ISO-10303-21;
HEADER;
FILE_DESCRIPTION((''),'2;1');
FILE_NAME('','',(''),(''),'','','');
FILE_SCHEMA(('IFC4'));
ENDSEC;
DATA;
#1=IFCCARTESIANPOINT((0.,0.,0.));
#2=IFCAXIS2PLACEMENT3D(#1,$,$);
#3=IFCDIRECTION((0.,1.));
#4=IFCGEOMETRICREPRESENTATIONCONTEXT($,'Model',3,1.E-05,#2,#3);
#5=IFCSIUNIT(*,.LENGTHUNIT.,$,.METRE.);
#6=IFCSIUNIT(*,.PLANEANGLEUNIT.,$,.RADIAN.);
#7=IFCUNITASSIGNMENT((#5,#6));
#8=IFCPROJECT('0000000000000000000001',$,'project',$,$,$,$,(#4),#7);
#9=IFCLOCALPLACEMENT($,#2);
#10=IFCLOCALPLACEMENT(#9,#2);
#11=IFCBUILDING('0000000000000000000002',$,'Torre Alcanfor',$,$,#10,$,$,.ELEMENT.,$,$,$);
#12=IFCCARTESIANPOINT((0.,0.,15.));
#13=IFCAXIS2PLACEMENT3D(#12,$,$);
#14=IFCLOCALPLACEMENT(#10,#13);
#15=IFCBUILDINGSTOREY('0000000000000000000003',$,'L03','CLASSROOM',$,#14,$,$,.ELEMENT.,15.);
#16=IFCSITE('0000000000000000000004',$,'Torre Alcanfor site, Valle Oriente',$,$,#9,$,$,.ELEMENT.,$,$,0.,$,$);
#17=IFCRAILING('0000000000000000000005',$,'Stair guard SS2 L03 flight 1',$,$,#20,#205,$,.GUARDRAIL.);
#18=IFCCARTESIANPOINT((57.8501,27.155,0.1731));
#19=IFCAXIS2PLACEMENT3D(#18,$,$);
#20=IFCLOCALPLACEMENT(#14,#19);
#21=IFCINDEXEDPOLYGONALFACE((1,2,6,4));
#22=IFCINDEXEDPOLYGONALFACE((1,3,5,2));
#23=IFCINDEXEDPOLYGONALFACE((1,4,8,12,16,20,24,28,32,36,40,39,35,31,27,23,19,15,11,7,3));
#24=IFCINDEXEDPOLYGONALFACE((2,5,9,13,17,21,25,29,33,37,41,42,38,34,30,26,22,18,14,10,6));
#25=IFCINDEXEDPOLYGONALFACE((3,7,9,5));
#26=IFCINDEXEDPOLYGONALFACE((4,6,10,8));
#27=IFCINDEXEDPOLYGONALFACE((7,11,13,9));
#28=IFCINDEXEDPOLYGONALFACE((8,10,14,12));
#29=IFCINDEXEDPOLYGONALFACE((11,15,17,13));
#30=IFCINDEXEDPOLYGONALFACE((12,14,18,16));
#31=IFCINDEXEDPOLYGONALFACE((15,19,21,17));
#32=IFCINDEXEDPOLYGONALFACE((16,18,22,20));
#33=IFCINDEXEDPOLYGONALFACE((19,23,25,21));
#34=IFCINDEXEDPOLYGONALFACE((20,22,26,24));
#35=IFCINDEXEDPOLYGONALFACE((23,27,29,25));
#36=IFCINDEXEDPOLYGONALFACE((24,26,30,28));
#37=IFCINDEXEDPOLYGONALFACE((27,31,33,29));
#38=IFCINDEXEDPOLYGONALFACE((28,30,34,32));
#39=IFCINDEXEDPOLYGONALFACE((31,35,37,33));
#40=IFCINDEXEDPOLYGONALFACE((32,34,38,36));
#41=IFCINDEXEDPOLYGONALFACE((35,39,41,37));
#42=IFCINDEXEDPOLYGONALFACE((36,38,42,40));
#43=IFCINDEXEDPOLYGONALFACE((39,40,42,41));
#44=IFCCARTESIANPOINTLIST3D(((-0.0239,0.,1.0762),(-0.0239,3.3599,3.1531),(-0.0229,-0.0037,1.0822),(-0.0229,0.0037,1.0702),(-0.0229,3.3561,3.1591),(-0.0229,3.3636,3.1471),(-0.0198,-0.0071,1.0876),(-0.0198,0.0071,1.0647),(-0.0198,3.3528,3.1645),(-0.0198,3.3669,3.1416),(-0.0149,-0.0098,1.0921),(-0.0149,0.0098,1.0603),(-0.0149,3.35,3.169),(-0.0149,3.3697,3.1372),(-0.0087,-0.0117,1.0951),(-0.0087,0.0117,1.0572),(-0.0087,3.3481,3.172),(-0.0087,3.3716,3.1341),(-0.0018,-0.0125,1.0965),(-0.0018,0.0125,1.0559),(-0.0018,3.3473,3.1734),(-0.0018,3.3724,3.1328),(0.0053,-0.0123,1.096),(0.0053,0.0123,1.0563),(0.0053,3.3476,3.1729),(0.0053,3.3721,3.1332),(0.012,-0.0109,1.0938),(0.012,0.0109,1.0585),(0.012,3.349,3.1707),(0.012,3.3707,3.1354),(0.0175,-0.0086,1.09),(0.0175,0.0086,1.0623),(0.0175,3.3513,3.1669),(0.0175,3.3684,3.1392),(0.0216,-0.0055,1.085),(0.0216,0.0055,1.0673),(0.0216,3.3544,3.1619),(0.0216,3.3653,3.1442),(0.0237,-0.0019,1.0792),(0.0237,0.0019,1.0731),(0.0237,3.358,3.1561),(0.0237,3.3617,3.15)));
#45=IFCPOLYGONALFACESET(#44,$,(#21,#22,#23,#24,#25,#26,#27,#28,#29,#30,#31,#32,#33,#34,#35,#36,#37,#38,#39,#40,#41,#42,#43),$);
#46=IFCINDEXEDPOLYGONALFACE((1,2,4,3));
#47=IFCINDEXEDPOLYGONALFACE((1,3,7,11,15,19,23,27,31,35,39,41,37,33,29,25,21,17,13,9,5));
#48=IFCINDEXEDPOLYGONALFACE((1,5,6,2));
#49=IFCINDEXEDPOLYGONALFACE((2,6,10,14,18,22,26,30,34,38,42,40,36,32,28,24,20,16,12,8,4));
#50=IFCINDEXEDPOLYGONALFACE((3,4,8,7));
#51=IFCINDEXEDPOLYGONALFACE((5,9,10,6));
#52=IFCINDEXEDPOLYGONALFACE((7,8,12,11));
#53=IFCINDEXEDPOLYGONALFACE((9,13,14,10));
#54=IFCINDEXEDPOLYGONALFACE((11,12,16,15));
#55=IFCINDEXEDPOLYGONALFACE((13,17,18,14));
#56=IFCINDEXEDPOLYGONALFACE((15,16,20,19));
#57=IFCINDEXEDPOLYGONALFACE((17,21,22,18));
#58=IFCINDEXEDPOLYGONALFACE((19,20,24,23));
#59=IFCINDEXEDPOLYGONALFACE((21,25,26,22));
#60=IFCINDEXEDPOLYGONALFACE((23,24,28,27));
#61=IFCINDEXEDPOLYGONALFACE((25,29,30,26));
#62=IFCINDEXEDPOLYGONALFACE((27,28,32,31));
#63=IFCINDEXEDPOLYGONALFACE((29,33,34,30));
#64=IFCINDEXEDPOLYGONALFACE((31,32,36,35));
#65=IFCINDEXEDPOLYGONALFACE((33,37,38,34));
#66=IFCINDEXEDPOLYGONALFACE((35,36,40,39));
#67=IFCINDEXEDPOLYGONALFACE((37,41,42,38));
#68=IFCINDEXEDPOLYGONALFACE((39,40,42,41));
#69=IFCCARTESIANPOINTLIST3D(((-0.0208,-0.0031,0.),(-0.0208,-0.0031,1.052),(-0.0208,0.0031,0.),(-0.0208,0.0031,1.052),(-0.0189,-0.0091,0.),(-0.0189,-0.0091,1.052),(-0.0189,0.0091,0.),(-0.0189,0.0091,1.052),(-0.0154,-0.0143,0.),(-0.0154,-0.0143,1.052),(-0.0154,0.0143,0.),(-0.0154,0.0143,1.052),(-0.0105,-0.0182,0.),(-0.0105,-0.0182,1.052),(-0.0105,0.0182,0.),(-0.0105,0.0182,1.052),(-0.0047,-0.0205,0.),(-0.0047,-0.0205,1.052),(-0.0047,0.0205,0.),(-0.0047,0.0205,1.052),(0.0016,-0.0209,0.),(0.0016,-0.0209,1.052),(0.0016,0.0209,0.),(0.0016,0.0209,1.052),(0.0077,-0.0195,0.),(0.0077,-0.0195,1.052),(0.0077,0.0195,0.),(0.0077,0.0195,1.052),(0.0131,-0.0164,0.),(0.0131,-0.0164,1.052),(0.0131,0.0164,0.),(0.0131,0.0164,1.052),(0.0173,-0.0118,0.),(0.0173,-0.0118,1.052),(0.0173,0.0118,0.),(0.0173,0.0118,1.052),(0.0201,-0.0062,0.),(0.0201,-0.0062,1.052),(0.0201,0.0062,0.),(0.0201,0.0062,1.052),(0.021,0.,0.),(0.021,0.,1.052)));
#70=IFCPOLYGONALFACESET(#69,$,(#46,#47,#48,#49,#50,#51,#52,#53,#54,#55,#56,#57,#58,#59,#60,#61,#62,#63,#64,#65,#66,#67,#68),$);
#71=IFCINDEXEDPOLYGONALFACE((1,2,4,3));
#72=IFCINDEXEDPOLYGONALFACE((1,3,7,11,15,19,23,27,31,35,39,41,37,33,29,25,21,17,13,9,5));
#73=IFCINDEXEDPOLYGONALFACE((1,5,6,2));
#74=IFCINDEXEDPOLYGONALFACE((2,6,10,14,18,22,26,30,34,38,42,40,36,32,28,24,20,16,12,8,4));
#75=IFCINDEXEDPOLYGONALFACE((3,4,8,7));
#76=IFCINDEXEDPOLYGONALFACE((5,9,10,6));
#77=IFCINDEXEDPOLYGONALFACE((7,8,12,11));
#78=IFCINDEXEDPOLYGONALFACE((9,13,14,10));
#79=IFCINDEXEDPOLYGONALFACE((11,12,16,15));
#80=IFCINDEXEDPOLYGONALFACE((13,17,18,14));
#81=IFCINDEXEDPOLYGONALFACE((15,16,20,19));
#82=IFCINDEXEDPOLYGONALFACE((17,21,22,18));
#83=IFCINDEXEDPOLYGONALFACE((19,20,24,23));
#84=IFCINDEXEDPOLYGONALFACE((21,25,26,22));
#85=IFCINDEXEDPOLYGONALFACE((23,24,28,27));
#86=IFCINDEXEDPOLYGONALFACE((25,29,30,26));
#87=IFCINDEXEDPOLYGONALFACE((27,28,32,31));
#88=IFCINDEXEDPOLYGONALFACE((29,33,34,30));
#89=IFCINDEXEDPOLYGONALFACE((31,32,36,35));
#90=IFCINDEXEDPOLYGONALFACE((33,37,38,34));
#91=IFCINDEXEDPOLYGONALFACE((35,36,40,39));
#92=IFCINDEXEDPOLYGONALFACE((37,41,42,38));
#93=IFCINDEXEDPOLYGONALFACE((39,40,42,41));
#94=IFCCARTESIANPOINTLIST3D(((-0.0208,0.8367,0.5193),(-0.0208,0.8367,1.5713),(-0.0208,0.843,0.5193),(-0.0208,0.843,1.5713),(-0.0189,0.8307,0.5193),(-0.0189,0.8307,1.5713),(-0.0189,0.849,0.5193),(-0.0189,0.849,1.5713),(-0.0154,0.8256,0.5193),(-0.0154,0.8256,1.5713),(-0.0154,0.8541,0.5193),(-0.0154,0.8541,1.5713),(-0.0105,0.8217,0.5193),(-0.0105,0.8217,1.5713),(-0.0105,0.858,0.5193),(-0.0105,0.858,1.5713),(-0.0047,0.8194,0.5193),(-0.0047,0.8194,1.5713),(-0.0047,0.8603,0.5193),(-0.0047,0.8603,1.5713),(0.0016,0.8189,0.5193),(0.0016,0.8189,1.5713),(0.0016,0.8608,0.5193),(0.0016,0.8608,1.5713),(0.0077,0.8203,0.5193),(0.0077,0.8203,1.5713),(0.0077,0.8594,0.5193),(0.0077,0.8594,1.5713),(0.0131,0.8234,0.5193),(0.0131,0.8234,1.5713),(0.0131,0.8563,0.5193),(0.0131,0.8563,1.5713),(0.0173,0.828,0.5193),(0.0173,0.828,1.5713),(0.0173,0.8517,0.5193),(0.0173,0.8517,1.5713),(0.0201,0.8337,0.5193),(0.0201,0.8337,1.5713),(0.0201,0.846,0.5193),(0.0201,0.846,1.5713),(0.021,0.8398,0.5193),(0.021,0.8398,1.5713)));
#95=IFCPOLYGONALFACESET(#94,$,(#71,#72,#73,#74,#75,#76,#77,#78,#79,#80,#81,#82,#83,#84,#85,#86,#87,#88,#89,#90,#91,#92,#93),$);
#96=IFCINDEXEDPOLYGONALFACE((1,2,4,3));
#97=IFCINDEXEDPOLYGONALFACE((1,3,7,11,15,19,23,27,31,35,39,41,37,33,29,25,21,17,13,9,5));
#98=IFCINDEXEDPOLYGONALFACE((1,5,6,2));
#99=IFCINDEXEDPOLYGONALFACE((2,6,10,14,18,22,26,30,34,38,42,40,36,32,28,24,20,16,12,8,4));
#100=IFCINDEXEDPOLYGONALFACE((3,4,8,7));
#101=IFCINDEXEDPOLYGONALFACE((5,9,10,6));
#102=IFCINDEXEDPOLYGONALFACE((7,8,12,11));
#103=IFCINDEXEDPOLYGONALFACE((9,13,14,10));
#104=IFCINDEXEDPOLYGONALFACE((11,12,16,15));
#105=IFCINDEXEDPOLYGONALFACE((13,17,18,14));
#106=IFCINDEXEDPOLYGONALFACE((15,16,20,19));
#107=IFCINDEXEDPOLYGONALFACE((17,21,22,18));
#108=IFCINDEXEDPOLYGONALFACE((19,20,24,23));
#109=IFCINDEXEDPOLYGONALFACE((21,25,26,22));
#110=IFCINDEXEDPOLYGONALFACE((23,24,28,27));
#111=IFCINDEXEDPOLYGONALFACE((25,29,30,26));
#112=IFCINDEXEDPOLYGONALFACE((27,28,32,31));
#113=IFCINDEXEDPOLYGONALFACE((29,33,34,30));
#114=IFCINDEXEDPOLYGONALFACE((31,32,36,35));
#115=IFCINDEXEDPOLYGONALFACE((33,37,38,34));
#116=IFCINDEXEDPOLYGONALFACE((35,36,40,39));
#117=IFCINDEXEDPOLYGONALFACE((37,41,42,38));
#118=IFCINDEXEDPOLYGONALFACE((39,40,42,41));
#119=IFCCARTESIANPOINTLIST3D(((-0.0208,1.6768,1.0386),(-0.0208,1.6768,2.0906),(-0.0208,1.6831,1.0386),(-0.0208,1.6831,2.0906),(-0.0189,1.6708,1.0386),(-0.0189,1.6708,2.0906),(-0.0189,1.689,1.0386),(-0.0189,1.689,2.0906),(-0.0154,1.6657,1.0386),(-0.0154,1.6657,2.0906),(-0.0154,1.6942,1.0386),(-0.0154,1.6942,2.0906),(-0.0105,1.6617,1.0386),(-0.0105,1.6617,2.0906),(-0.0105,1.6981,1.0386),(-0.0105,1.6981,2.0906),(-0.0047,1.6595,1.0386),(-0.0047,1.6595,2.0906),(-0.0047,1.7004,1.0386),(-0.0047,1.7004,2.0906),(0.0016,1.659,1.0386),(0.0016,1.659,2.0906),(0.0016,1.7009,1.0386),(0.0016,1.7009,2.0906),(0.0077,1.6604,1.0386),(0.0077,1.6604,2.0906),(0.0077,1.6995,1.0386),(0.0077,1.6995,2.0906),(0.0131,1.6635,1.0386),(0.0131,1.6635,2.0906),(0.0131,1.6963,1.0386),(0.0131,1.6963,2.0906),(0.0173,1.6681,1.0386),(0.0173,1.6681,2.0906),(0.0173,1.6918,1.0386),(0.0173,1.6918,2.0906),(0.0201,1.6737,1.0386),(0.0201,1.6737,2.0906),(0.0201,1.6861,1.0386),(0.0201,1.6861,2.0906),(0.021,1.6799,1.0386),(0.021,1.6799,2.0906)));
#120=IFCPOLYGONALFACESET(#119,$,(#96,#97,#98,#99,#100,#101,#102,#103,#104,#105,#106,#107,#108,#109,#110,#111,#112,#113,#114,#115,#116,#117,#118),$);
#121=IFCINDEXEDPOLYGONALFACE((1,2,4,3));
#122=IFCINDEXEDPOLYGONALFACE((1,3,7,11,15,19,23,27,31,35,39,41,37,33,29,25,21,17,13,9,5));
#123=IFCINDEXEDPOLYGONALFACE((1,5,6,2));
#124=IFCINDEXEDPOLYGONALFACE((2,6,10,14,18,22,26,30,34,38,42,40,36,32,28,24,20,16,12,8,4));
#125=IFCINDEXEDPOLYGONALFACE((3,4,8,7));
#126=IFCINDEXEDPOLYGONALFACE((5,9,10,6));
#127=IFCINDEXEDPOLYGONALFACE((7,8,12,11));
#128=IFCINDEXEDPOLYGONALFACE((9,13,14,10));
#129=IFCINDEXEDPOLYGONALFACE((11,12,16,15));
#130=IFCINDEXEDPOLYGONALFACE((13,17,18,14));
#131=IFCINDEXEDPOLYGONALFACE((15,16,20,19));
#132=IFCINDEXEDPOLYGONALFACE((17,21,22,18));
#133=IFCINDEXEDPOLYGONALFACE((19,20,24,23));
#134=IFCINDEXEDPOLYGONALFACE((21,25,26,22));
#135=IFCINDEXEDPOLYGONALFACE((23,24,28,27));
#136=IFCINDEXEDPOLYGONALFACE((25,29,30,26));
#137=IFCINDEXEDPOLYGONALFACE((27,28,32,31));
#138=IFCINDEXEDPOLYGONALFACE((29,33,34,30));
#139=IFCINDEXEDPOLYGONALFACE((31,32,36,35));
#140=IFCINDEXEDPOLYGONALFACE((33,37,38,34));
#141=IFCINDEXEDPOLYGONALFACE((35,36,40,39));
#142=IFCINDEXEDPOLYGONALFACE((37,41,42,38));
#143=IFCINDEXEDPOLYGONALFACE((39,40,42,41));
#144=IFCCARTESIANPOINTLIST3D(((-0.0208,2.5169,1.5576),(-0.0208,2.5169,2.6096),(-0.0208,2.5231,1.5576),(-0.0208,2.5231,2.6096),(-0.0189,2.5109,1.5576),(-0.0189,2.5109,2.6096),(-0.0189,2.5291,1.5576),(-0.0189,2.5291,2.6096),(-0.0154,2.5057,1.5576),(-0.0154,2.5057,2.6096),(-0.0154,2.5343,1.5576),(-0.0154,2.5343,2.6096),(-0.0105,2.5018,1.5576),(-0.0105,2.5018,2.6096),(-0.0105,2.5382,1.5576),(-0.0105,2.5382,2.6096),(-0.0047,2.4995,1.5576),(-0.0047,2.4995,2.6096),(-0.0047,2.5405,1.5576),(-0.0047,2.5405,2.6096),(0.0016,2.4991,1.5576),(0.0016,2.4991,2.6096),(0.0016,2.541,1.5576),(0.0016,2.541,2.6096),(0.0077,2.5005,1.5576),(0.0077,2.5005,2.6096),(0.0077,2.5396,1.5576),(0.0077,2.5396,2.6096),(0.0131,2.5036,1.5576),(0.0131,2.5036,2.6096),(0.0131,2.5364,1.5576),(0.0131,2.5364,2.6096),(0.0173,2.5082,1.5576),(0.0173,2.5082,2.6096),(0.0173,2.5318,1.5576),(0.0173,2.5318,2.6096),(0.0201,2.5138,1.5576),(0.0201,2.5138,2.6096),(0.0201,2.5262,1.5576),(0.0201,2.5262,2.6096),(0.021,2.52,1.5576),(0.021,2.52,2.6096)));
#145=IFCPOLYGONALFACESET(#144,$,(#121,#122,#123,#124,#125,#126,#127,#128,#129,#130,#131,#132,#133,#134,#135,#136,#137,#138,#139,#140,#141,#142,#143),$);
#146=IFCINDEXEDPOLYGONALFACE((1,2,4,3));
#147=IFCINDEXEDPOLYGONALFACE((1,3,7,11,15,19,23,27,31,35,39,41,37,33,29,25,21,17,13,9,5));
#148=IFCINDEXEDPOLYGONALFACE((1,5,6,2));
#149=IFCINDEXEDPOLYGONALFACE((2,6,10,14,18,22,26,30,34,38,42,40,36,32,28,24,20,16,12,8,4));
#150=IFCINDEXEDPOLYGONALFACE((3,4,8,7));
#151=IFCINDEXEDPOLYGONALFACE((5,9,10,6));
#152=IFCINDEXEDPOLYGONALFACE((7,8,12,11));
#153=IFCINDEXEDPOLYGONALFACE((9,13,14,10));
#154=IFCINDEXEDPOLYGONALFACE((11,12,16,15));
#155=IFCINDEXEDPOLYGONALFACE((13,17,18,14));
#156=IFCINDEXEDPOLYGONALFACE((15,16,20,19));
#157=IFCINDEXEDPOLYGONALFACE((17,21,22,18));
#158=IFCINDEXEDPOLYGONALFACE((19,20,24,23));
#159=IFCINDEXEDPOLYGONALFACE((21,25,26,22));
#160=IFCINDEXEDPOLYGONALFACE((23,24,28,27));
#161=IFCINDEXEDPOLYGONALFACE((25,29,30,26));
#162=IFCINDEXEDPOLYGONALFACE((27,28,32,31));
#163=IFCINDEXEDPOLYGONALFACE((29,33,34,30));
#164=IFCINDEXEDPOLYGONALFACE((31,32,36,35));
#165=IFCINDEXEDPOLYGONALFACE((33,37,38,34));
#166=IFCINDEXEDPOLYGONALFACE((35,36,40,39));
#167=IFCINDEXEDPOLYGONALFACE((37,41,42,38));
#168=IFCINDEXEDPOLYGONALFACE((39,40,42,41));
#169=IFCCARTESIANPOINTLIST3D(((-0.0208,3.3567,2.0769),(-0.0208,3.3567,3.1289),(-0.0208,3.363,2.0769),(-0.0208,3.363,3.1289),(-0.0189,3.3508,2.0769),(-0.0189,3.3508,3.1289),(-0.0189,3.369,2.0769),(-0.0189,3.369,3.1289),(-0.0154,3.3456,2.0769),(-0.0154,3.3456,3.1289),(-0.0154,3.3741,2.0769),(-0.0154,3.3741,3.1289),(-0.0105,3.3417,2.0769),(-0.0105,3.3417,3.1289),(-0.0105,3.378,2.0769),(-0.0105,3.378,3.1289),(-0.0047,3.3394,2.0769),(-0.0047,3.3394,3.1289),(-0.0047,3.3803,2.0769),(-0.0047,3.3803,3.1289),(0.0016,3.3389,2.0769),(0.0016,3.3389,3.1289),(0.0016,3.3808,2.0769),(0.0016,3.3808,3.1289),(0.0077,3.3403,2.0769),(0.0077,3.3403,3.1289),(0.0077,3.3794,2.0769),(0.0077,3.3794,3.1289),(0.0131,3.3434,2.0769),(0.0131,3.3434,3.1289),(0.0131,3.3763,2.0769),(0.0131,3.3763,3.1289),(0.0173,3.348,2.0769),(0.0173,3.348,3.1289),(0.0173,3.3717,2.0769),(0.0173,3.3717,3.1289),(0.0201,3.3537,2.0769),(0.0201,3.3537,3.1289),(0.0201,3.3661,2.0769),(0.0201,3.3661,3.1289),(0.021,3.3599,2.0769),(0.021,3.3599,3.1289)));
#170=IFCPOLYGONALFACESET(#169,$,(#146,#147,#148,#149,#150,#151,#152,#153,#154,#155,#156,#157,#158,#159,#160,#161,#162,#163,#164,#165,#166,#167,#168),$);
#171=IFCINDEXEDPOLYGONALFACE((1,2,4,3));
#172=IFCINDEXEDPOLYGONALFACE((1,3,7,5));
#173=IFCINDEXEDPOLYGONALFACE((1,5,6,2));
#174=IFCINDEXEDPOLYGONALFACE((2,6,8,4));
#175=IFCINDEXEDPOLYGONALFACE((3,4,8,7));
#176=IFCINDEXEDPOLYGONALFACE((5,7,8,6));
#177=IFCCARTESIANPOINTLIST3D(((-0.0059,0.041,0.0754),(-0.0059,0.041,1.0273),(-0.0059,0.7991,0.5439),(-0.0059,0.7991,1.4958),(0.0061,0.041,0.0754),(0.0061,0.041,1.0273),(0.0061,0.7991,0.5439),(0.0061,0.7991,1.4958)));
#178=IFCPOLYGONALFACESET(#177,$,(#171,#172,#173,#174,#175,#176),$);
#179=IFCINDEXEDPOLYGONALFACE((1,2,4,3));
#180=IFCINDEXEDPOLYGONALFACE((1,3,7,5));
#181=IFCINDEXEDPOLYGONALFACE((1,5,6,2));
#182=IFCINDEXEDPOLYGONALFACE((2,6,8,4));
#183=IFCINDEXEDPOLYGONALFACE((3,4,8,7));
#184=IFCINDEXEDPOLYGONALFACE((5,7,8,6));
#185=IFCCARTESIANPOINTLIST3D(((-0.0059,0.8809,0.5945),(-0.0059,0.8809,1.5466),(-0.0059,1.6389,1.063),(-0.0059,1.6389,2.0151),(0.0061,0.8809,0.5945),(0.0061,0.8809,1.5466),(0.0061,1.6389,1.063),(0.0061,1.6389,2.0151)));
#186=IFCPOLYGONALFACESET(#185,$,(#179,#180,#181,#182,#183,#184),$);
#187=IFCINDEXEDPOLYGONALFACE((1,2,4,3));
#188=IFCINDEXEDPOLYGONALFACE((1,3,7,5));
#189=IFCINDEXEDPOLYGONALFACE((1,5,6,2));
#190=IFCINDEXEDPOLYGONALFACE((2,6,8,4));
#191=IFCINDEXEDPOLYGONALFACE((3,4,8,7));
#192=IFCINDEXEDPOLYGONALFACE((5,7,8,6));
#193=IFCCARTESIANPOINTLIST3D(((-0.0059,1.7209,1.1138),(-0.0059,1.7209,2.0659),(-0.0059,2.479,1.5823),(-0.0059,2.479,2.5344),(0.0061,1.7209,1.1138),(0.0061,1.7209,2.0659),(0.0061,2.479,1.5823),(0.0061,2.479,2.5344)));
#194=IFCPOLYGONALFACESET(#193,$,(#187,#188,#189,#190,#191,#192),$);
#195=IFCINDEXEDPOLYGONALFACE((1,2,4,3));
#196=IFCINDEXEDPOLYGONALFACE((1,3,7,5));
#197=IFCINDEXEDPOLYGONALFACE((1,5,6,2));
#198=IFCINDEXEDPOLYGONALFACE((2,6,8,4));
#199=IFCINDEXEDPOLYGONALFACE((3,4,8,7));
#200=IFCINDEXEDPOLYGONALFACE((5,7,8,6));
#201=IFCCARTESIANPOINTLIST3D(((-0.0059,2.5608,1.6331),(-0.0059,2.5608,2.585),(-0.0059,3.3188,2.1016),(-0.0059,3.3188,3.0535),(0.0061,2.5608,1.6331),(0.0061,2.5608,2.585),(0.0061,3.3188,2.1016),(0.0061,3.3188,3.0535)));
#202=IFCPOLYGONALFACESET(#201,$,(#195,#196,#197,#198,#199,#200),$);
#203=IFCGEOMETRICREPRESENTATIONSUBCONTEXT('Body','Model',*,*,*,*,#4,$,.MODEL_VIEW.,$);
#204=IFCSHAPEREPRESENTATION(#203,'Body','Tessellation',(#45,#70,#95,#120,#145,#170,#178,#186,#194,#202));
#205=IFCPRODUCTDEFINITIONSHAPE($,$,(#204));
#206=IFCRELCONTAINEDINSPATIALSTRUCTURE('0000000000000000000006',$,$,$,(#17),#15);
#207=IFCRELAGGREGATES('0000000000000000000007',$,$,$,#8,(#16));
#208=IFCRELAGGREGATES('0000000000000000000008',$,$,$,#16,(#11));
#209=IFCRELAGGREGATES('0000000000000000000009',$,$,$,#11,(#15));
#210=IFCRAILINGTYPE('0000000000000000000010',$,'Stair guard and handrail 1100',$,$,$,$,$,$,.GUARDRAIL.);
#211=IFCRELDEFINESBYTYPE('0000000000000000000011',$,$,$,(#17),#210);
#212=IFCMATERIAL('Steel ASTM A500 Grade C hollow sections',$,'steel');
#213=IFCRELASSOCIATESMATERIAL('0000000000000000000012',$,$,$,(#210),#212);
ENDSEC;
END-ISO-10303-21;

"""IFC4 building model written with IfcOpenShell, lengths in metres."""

from ifc_helpers import new_model, si_unit, direction, frame, origin, origin_2d, place, context, subcontext, project, spatial, polyline, circle, outline, extrude, material, type_object, element, save


model = new_model("IFC4")

# Units and contexts
model_context = context("Model", 3, precision=1e-05, world=origin(), true_north=direction((0.0, 1.0)))
body_context = subcontext(model_context, "Body", "Model", "MODEL_VIEW")
ifc_project = project(units=[si_unit("LENGTHUNIT", "METRE"), si_unit("PLANEANGLEUNIT", "RADIAN")], contexts=[model_context])

# Site, building, storey
site_placement = place(None, origin())
site = spatial("IfcSite", under=ifc_project, at=site_placement, Name="Torre Alcanfor site, Valle Oriente", CompositionType="ELEMENT", RefElevation=0.0)
building_placement = place(site_placement, origin())
building = spatial("IfcBuilding", under=site, at=building_placement, Name="Torre Alcanfor", CompositionType="ELEMENT")
storey_placement = place(building_placement, frame((0.0, 0.0, 15.0)))
storey = spatial("IfcBuildingStorey", under=building, at=storey_placement, Name="L03", Description="CLASSROOM", CompositionType="ELEMENT", Elevation=15.0)

# Railing
ifc_material_1 = material(Name="Steel ASTM A500 Grade C hollow sections", Category="steel")
railing_type_1 = type_object("IfcRailingType", Name="Stair guard and handrail 1100", PredefinedType="GUARDRAIL", material=ifc_material_1)
railing_1_placement = place(storey_placement, frame((57.8501, 27.155, 0.1731)))
element("IfcRailing", 1, at=railing_1_placement, inside=storey, type_object=railing_type_1, Name="Stair guard SS2 L03 flight 1", PredefinedType="GUARDRAIL", context=body_context, shape_type="SweptSolid", body=[
    extrude(circle(Radius=0.0239, at=origin_2d()), frame((0.0, 0.0, 1.0762), z_axis=(0.0, 0.850606, 0.525803), x_axis=(-1.0, 0.0, 0.0)), (0.0, 0.0, 1.0), 3.95),
    extrude(circle(Radius=0.021, at=origin_2d()), origin(), (0.0, 0.0, 1.0), 1.052),
    extrude(circle(Radius=0.021, at=origin_2d()), frame((0.0, 0.8398, 0.5193)), (0.0, 0.0, 1.0), 1.052),
    extrude(circle(Radius=0.021, at=origin_2d()), frame((0.0, 1.6799, 1.0386)), (0.0, 0.0, 1.0), 1.052),
    extrude(circle(Radius=0.021, at=origin_2d()), frame((0.0, 2.52, 1.5576)), (0.0, 0.0, 1.0), 1.052),
    extrude(circle(Radius=0.021, at=origin_2d()), frame((0.0, 3.3599, 2.0769)), (0.0, 0.0, 1.0), 1.052),
    extrude(outline(polyline([(0.041, 0.0754), (0.7991, 0.5439), (0.7991, 1.4958), (0.041, 1.0273), (0.041, 0.0754)])), frame((-0.0059, 0.0, 0.0), z_axis=(1.0, 0.0, 0.0), x_axis=(0.0, 1.0, 0.0)), (0.0, 0.0, 1.0), 0.012),
    extrude(outline(polyline([(0.8809, 0.5945), (1.6389, 1.063), (1.6389, 2.0151), (0.8809, 1.5466), (0.8809, 0.5945)])), frame((-0.0059, 0.0, 0.0), z_axis=(1.0, 0.0, 0.0), x_axis=(0.0, 1.0, 0.0)), (0.0, 0.0, 1.0), 0.012),
    extrude(outline(polyline([(1.7209, 1.1138), (2.479, 1.5823), (2.479, 2.5344), (1.7209, 2.0659), (1.7209, 1.1138)])), frame((-0.0059, 0.0, 0.0), z_axis=(1.0, 0.0, 0.0), x_axis=(0.0, 1.0, 0.0)), (0.0, 0.0, 1.0), 0.012),
    extrude(outline(polyline([(2.5608, 1.6331), (3.3188, 2.1016), (3.3188, 3.0535), (2.5608, 2.585), (2.5608, 1.6331)])), frame((-0.0059, 0.0, 0.0), z_axis=(1.0, 0.0, 0.0), x_axis=(0.0, 1.0, 0.0)), (0.0, 0.0, 1.0), 0.012),
])

save(model, "model.ifc")
